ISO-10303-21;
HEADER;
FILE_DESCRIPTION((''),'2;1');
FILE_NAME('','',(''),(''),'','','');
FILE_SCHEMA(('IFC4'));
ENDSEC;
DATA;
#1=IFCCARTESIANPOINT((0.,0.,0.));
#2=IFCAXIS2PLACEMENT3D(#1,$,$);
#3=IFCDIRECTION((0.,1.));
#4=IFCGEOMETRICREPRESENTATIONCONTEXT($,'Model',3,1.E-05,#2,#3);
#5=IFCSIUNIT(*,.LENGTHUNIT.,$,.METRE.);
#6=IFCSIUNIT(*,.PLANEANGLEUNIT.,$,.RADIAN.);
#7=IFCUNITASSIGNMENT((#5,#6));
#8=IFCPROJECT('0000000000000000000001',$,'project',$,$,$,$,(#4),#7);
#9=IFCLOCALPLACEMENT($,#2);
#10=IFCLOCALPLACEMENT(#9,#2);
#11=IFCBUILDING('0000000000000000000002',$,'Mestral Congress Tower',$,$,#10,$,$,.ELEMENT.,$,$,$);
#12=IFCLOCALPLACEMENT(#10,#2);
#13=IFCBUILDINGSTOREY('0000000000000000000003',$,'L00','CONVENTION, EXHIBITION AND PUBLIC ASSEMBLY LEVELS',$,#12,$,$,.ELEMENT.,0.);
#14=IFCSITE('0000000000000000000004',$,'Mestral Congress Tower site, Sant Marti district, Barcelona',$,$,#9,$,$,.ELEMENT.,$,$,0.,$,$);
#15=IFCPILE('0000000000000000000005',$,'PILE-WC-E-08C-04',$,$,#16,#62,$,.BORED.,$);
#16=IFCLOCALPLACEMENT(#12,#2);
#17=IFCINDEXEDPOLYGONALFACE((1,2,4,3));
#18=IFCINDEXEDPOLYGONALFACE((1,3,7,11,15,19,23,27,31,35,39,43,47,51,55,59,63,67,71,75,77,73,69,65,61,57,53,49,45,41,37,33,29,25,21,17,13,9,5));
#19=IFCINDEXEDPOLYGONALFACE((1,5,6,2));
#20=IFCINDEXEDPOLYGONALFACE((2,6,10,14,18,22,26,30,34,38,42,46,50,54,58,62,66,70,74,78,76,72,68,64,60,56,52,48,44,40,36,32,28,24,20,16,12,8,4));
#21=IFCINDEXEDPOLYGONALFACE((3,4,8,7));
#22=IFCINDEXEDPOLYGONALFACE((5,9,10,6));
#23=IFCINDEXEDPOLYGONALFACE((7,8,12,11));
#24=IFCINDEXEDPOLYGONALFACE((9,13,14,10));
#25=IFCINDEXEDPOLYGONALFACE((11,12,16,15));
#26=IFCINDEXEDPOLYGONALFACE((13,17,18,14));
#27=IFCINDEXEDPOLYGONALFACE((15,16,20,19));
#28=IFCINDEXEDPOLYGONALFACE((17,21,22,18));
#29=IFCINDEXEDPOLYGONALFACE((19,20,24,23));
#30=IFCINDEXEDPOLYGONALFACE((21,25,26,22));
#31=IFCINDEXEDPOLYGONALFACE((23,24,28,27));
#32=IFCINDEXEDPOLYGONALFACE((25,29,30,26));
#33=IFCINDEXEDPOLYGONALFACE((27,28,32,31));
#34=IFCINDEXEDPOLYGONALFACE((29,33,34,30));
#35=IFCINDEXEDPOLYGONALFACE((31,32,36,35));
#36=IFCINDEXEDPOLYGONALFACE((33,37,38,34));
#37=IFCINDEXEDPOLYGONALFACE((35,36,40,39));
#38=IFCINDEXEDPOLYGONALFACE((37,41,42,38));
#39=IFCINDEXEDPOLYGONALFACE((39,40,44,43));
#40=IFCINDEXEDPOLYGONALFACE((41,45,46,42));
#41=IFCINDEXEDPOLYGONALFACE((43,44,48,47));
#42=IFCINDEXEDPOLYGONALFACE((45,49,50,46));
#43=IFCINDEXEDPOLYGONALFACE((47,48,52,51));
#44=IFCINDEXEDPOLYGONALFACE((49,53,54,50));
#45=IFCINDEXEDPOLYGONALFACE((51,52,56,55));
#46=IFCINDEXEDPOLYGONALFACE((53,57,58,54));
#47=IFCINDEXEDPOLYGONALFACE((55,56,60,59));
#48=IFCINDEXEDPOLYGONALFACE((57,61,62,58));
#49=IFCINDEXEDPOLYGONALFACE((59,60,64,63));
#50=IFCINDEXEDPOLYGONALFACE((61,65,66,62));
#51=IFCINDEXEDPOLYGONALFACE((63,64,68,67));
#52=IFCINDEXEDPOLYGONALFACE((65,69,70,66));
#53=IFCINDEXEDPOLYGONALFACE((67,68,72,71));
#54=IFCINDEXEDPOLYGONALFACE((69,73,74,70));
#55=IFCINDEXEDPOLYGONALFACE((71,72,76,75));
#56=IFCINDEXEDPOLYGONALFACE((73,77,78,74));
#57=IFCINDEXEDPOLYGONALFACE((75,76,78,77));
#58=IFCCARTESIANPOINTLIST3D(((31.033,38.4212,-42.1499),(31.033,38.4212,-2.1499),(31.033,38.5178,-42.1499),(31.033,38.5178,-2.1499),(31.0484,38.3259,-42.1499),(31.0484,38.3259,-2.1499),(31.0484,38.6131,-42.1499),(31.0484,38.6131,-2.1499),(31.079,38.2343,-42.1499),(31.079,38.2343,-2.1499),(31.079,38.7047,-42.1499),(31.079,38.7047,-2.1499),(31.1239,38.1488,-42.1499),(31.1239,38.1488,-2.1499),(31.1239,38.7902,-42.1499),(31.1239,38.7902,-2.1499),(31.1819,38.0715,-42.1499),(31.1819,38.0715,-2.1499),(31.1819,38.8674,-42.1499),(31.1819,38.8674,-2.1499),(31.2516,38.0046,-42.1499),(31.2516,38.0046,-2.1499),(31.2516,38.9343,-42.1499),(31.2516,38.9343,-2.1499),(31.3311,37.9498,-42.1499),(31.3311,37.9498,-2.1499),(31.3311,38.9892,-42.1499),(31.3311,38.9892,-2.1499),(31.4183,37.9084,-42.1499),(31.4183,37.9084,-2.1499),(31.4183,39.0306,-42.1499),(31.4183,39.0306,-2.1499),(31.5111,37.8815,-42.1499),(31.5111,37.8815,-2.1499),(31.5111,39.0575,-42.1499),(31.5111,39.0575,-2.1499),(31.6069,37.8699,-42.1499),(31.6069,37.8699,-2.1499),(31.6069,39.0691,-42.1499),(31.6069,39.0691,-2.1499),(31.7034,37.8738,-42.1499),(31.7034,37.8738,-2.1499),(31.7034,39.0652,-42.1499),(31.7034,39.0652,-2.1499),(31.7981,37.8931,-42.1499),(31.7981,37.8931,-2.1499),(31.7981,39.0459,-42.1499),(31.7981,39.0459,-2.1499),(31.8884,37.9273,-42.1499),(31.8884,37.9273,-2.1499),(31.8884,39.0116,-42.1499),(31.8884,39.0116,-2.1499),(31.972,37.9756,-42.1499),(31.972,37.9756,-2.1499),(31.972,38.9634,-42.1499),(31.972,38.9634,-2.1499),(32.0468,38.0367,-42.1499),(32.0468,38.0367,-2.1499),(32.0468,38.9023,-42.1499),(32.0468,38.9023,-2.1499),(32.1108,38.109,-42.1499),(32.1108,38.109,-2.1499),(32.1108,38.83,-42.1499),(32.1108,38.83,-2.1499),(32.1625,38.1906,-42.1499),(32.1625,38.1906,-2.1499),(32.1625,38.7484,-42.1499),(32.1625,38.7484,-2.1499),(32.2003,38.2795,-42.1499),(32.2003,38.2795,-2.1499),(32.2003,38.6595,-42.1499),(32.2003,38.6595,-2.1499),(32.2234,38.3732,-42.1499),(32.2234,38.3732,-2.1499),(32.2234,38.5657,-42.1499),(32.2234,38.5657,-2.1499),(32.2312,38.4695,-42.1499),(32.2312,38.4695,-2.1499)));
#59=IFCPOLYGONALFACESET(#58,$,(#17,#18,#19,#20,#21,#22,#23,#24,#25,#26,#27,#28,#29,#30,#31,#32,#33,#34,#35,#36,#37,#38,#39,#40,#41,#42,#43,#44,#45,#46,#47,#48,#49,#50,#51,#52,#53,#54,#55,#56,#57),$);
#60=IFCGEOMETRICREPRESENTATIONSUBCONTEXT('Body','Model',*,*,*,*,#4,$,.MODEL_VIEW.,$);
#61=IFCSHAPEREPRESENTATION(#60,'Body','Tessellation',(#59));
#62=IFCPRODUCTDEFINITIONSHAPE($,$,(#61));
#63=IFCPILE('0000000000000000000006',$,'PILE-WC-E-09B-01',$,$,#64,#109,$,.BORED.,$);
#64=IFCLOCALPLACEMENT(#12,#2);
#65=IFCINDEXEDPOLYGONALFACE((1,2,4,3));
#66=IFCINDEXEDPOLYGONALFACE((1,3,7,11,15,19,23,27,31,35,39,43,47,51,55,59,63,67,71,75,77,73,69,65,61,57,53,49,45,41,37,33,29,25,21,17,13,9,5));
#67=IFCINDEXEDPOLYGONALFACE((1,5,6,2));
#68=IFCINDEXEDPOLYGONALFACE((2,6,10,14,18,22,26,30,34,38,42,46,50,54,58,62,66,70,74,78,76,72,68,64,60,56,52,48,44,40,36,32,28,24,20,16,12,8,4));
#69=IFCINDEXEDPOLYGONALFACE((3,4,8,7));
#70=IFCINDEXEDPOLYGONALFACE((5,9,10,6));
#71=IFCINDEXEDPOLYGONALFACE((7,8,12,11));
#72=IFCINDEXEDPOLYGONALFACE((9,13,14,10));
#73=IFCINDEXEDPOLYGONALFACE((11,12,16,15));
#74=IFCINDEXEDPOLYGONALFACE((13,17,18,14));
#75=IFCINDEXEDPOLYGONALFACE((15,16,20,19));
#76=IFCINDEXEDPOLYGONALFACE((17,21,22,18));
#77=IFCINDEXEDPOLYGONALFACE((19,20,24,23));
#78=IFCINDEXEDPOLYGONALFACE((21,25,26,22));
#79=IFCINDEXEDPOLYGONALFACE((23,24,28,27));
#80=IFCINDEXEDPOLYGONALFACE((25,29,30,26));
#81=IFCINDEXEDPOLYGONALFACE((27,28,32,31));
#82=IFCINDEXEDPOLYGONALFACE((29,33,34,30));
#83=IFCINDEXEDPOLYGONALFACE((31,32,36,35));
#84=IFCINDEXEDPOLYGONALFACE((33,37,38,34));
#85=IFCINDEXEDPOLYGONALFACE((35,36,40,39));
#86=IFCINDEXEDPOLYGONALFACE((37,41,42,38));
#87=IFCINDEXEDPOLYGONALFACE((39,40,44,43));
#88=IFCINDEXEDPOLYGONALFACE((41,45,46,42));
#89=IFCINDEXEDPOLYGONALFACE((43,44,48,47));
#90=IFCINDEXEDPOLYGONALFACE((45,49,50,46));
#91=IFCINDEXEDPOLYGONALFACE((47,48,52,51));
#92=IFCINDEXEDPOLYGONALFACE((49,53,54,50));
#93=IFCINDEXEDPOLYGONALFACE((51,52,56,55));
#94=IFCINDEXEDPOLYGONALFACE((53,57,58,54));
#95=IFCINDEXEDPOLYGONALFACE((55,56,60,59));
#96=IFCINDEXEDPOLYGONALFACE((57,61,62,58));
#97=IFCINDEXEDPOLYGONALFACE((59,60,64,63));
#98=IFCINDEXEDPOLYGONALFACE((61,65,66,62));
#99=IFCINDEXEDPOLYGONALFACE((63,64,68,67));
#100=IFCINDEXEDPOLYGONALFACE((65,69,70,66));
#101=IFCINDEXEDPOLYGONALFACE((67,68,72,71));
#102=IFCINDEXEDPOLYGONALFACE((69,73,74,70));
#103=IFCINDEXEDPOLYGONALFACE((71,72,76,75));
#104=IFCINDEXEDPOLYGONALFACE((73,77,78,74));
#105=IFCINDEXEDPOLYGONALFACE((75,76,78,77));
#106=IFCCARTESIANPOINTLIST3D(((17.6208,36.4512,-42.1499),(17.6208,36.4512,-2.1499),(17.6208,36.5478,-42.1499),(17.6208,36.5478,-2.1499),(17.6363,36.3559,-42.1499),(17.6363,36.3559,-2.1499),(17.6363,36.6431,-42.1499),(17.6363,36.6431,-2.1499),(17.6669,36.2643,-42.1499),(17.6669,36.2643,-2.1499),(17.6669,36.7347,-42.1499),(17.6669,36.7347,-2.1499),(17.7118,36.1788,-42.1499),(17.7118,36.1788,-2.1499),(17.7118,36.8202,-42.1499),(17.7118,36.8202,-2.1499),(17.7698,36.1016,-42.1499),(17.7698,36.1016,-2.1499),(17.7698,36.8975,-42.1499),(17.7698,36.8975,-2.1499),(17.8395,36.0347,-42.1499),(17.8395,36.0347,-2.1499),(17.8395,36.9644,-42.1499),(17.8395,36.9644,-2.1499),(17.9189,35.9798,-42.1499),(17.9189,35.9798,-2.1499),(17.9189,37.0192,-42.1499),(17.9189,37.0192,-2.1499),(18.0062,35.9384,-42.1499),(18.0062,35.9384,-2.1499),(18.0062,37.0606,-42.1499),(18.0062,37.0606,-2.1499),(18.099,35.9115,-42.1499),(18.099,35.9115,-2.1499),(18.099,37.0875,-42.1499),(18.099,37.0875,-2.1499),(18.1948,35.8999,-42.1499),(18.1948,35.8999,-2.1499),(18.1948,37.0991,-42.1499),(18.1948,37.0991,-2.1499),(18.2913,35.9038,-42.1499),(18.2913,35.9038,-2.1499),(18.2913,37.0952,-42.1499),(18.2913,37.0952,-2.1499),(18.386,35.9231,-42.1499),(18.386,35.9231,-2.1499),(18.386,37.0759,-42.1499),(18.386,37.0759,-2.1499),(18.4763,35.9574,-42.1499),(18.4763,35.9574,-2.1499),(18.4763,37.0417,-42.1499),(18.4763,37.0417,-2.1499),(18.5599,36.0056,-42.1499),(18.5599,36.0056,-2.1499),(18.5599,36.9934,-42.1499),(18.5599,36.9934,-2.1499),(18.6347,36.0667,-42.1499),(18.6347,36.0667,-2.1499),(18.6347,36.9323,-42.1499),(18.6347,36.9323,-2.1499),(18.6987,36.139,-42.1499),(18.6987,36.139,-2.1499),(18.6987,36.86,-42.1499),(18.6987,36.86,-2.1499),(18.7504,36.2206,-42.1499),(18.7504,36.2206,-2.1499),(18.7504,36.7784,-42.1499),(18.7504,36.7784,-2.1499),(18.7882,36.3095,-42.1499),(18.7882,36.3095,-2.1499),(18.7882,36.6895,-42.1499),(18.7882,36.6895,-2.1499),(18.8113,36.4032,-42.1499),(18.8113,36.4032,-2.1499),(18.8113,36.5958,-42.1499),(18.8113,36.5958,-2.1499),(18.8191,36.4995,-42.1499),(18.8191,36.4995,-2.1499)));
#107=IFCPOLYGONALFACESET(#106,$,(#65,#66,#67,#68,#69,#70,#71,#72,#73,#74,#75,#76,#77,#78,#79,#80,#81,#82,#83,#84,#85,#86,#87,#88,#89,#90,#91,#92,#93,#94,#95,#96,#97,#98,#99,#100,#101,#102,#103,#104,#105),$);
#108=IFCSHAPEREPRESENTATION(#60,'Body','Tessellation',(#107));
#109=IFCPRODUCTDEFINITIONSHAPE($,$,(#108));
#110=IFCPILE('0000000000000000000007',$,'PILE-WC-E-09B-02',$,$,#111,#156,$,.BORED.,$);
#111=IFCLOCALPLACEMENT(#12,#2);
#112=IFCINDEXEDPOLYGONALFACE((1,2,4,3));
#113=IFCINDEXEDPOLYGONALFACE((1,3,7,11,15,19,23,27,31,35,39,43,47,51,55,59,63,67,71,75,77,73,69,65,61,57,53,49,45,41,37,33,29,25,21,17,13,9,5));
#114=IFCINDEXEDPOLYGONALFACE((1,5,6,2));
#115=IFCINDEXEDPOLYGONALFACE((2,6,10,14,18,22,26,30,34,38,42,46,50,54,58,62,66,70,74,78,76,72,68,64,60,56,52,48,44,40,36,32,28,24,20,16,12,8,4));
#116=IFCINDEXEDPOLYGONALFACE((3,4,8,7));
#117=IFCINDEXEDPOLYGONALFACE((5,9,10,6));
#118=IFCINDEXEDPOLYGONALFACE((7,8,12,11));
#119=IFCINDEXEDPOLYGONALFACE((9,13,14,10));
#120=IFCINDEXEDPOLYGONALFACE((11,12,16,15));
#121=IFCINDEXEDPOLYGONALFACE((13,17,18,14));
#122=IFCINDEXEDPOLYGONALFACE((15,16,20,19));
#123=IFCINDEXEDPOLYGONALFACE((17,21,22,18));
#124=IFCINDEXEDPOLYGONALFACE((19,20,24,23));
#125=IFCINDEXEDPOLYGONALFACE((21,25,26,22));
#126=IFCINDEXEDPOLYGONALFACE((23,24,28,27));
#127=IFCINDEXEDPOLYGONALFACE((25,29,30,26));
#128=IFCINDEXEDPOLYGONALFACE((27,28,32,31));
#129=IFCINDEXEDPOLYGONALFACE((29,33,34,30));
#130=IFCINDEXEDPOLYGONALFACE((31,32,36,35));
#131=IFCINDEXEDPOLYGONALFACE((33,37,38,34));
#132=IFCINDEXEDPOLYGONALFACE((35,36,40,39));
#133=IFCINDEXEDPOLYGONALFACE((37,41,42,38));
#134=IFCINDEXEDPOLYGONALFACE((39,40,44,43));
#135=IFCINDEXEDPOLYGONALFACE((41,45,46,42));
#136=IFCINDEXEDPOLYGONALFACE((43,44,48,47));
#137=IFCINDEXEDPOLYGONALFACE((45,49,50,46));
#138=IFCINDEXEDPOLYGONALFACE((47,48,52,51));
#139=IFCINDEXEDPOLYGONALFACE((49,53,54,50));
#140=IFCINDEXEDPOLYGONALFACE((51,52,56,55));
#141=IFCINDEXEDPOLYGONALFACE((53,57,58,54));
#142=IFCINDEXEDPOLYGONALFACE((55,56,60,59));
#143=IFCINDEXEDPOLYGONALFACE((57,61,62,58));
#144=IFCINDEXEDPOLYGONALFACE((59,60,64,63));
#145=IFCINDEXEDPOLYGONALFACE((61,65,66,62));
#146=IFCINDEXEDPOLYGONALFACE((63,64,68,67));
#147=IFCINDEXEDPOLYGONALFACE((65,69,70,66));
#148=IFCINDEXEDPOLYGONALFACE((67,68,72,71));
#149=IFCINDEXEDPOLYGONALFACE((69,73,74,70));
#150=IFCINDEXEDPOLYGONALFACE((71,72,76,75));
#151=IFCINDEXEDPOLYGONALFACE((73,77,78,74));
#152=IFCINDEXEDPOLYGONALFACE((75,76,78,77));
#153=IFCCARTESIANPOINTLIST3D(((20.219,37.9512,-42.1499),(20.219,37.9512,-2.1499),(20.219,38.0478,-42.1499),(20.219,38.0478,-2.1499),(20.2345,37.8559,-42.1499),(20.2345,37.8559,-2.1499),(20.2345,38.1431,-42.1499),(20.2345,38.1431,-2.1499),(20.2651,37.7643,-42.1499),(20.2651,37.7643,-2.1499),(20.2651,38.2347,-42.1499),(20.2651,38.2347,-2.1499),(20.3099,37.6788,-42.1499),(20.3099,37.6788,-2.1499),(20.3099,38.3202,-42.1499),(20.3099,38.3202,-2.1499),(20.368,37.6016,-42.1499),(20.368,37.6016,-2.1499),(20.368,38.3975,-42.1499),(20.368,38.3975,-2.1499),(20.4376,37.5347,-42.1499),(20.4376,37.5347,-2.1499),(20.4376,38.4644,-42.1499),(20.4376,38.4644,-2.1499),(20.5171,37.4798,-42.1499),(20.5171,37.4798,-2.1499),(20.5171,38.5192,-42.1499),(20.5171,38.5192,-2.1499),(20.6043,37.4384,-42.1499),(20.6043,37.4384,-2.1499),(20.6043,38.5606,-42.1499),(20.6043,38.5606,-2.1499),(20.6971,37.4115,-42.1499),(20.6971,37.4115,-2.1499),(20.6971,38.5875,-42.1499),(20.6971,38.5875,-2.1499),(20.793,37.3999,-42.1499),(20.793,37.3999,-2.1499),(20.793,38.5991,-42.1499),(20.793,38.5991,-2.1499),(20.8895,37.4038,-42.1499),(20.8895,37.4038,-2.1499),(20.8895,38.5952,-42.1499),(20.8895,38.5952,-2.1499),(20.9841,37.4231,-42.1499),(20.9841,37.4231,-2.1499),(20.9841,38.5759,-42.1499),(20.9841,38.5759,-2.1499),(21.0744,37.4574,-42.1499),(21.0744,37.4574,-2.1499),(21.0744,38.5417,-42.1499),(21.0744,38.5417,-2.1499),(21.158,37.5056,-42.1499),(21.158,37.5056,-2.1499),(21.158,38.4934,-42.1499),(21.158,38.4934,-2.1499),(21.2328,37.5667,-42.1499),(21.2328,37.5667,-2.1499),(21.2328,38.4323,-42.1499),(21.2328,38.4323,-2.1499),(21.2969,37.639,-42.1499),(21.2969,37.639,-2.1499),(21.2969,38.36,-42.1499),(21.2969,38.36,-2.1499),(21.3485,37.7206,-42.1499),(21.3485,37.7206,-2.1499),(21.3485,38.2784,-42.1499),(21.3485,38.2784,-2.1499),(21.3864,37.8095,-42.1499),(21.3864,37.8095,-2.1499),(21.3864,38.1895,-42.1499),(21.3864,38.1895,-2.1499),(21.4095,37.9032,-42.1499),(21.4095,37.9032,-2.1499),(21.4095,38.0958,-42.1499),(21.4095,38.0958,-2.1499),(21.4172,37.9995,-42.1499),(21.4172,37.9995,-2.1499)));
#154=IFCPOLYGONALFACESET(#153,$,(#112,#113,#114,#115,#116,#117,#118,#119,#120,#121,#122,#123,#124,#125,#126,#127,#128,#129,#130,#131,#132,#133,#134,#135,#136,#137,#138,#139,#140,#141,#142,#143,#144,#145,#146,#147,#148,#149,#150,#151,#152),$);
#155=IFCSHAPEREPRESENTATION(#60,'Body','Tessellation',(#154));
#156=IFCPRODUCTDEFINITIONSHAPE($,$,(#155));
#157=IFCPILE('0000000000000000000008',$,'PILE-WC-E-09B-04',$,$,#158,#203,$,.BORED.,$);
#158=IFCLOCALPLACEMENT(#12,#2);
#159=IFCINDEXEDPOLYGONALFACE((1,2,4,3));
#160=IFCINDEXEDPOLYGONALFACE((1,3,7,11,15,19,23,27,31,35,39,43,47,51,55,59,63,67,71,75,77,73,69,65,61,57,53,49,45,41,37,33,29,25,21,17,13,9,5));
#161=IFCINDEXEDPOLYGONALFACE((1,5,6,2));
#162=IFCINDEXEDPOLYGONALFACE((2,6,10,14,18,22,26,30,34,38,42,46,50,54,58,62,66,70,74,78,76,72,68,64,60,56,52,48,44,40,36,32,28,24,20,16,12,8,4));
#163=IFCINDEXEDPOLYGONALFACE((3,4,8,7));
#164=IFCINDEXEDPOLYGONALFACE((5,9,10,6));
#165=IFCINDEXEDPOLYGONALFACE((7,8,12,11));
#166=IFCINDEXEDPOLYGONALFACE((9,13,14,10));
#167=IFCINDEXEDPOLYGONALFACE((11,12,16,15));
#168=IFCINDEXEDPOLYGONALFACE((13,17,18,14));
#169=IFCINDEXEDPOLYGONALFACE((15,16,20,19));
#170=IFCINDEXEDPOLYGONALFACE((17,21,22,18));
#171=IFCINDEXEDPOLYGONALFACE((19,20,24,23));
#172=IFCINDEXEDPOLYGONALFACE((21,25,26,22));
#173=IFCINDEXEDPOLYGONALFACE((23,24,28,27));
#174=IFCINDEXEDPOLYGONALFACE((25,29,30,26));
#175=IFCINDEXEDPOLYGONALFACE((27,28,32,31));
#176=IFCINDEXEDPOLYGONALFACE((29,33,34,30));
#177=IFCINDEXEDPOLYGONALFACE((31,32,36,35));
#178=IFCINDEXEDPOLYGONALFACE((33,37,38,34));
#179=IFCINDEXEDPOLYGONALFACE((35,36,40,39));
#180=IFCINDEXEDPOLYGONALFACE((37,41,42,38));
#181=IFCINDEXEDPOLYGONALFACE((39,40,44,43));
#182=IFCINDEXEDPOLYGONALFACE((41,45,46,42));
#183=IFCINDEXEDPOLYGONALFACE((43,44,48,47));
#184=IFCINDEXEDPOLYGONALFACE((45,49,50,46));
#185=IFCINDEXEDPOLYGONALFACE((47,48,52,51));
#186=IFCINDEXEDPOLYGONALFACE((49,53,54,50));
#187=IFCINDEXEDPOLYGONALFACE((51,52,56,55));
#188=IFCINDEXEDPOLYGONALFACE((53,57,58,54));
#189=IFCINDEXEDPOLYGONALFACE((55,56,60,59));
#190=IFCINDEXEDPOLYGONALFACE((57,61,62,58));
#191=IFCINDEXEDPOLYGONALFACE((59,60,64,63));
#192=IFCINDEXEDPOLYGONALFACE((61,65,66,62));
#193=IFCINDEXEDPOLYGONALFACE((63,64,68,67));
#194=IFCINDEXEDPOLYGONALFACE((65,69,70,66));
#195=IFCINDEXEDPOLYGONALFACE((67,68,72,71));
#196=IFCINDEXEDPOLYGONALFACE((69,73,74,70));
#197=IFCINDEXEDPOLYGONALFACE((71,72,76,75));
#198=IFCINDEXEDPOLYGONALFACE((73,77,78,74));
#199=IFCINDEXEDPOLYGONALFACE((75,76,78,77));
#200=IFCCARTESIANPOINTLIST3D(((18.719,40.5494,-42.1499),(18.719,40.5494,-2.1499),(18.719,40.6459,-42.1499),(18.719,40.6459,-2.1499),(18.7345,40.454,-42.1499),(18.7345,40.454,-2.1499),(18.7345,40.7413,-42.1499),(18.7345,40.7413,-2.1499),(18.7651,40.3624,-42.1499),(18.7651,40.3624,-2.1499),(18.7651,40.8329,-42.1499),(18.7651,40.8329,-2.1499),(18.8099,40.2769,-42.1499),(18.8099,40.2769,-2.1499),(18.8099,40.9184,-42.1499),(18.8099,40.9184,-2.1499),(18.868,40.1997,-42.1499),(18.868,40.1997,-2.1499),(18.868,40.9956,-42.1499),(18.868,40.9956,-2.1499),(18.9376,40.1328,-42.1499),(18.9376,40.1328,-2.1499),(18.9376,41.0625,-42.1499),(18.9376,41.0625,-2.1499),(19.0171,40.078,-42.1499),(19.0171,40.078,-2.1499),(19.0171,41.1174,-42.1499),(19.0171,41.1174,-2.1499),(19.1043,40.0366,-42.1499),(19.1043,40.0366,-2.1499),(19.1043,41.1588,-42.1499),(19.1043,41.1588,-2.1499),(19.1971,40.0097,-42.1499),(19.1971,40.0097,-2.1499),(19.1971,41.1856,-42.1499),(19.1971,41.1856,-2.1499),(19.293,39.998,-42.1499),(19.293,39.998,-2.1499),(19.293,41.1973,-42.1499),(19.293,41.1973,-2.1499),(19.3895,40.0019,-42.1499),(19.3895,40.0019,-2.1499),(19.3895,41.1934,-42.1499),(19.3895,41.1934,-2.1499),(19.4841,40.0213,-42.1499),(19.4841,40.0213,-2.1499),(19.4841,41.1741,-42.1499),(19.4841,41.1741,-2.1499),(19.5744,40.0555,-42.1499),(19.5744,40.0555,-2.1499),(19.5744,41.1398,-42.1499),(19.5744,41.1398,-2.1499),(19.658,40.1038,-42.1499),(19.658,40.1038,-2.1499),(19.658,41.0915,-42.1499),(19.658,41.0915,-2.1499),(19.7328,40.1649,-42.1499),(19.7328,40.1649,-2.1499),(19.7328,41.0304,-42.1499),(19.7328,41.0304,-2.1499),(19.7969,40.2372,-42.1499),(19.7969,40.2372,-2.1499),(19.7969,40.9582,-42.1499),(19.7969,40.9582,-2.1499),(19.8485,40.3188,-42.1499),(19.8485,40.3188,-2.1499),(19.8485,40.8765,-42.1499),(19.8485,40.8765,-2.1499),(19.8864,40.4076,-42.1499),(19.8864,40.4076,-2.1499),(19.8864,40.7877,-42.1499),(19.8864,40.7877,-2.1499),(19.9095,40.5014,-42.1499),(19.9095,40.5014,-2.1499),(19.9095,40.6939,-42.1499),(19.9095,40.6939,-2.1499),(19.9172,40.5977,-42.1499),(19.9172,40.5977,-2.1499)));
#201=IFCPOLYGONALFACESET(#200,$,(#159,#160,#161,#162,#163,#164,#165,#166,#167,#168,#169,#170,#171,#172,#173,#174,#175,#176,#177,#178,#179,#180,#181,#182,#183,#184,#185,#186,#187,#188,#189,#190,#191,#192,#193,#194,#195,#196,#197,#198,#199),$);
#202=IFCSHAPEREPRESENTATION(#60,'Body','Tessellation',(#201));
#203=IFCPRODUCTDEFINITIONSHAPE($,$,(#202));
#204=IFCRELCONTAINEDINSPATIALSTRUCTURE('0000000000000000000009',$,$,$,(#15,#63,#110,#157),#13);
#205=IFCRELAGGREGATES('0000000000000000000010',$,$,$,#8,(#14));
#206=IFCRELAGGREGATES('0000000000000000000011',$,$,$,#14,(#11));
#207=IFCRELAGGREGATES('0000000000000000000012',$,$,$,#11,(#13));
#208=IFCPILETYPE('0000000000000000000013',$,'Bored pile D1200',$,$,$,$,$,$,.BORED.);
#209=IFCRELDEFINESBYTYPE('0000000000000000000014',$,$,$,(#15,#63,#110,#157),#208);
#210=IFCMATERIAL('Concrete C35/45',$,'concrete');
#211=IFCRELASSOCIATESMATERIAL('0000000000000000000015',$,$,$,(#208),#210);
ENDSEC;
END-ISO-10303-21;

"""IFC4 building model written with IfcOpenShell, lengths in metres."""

from ifc_helpers import new_model, si_unit, direction, frame, origin, origin_2d, place, context, subcontext, project, spatial, circle, extrude, material, material_profile, profile_set, type_object, element, save


model = new_model("IFC4")

# Units and contexts
model_context = context("Model", 3, precision=1e-05, world=origin(), true_north=direction((0.0, 1.0)))
body_context = subcontext(model_context, "Body", "Model", "MODEL_VIEW")
ifc_project = project(units=[si_unit("LENGTHUNIT", "METRE"), si_unit("PLANEANGLEUNIT", "RADIAN")], contexts=[model_context])

# Site, building, storey
site_placement = place(None, origin())
site = spatial("IfcSite", under=ifc_project, at=site_placement, Name="Mestral Congress Tower site, Sant Marti district, Barcelona", CompositionType="ELEMENT", RefElevation=0.0)
building_placement = place(site_placement, origin())
building = spatial("IfcBuilding", under=site, at=building_placement, Name="Mestral Congress Tower", CompositionType="ELEMENT")
storey_placement = place(building_placement, origin())
storey = spatial("IfcBuildingStorey", under=building, at=storey_placement, Name="L00", Description="CONVENTION, EXHIBITION AND PUBLIC ASSEMBLY LEVELS", CompositionType="ELEMENT", Elevation=0.0)

# Piles
ifc_material_1 = material(Name="Concrete C35/45", Category="concrete")
ifc_material_profile_1 = material_profile(ifc_material_1, circle(Radius=0.6001, at=origin_2d()), Name="D1200")
ifc_profile_set_1 = profile_set([ifc_material_profile_1], Name="Concrete C35/45")
pile_type = type_object("IfcPileType", Name="Bored pile D1200", PredefinedType="BORED", material=ifc_profile_set_1)
for number, where, z_axis, x_axis, name in (
    (1, (31.6311, 38.4695, -2.1499), (0.0, 0.0, -1.0), (1.0, 0.0, 0.0), "PILE-WC-E-08C-04"),
    (2, (18.219, 36.4995, -2.1499), (0.0, 0.0, -1.0), (1.0, 0.0, 0.0), "PILE-WC-E-09B-01"),
    (3, (20.8171, 37.9995, -2.1499), (0.0, 0.0, -1.0), (1.0, 0.0, 0.0), "PILE-WC-E-09B-02"),
    (4, (19.3171, 40.5977, -2.1499), (0.0, 0.0, -1.0), (1.0, 0.0, 0.0), "PILE-WC-E-09B-04"),
):
    element("IfcPile", number, at=place(storey_placement, frame(where, z_axis=z_axis, x_axis=x_axis)), inside=storey, type_object=pile_type, Name=name, PredefinedType="BORED", context=body_context, shape_type="SweptSolid", body=[
        extrude(circle(Radius=0.6001, at=origin_2d()), origin(), (0.0, 0.0, 1.0), 40.0),
    ])

save(model, "model.ifc")
